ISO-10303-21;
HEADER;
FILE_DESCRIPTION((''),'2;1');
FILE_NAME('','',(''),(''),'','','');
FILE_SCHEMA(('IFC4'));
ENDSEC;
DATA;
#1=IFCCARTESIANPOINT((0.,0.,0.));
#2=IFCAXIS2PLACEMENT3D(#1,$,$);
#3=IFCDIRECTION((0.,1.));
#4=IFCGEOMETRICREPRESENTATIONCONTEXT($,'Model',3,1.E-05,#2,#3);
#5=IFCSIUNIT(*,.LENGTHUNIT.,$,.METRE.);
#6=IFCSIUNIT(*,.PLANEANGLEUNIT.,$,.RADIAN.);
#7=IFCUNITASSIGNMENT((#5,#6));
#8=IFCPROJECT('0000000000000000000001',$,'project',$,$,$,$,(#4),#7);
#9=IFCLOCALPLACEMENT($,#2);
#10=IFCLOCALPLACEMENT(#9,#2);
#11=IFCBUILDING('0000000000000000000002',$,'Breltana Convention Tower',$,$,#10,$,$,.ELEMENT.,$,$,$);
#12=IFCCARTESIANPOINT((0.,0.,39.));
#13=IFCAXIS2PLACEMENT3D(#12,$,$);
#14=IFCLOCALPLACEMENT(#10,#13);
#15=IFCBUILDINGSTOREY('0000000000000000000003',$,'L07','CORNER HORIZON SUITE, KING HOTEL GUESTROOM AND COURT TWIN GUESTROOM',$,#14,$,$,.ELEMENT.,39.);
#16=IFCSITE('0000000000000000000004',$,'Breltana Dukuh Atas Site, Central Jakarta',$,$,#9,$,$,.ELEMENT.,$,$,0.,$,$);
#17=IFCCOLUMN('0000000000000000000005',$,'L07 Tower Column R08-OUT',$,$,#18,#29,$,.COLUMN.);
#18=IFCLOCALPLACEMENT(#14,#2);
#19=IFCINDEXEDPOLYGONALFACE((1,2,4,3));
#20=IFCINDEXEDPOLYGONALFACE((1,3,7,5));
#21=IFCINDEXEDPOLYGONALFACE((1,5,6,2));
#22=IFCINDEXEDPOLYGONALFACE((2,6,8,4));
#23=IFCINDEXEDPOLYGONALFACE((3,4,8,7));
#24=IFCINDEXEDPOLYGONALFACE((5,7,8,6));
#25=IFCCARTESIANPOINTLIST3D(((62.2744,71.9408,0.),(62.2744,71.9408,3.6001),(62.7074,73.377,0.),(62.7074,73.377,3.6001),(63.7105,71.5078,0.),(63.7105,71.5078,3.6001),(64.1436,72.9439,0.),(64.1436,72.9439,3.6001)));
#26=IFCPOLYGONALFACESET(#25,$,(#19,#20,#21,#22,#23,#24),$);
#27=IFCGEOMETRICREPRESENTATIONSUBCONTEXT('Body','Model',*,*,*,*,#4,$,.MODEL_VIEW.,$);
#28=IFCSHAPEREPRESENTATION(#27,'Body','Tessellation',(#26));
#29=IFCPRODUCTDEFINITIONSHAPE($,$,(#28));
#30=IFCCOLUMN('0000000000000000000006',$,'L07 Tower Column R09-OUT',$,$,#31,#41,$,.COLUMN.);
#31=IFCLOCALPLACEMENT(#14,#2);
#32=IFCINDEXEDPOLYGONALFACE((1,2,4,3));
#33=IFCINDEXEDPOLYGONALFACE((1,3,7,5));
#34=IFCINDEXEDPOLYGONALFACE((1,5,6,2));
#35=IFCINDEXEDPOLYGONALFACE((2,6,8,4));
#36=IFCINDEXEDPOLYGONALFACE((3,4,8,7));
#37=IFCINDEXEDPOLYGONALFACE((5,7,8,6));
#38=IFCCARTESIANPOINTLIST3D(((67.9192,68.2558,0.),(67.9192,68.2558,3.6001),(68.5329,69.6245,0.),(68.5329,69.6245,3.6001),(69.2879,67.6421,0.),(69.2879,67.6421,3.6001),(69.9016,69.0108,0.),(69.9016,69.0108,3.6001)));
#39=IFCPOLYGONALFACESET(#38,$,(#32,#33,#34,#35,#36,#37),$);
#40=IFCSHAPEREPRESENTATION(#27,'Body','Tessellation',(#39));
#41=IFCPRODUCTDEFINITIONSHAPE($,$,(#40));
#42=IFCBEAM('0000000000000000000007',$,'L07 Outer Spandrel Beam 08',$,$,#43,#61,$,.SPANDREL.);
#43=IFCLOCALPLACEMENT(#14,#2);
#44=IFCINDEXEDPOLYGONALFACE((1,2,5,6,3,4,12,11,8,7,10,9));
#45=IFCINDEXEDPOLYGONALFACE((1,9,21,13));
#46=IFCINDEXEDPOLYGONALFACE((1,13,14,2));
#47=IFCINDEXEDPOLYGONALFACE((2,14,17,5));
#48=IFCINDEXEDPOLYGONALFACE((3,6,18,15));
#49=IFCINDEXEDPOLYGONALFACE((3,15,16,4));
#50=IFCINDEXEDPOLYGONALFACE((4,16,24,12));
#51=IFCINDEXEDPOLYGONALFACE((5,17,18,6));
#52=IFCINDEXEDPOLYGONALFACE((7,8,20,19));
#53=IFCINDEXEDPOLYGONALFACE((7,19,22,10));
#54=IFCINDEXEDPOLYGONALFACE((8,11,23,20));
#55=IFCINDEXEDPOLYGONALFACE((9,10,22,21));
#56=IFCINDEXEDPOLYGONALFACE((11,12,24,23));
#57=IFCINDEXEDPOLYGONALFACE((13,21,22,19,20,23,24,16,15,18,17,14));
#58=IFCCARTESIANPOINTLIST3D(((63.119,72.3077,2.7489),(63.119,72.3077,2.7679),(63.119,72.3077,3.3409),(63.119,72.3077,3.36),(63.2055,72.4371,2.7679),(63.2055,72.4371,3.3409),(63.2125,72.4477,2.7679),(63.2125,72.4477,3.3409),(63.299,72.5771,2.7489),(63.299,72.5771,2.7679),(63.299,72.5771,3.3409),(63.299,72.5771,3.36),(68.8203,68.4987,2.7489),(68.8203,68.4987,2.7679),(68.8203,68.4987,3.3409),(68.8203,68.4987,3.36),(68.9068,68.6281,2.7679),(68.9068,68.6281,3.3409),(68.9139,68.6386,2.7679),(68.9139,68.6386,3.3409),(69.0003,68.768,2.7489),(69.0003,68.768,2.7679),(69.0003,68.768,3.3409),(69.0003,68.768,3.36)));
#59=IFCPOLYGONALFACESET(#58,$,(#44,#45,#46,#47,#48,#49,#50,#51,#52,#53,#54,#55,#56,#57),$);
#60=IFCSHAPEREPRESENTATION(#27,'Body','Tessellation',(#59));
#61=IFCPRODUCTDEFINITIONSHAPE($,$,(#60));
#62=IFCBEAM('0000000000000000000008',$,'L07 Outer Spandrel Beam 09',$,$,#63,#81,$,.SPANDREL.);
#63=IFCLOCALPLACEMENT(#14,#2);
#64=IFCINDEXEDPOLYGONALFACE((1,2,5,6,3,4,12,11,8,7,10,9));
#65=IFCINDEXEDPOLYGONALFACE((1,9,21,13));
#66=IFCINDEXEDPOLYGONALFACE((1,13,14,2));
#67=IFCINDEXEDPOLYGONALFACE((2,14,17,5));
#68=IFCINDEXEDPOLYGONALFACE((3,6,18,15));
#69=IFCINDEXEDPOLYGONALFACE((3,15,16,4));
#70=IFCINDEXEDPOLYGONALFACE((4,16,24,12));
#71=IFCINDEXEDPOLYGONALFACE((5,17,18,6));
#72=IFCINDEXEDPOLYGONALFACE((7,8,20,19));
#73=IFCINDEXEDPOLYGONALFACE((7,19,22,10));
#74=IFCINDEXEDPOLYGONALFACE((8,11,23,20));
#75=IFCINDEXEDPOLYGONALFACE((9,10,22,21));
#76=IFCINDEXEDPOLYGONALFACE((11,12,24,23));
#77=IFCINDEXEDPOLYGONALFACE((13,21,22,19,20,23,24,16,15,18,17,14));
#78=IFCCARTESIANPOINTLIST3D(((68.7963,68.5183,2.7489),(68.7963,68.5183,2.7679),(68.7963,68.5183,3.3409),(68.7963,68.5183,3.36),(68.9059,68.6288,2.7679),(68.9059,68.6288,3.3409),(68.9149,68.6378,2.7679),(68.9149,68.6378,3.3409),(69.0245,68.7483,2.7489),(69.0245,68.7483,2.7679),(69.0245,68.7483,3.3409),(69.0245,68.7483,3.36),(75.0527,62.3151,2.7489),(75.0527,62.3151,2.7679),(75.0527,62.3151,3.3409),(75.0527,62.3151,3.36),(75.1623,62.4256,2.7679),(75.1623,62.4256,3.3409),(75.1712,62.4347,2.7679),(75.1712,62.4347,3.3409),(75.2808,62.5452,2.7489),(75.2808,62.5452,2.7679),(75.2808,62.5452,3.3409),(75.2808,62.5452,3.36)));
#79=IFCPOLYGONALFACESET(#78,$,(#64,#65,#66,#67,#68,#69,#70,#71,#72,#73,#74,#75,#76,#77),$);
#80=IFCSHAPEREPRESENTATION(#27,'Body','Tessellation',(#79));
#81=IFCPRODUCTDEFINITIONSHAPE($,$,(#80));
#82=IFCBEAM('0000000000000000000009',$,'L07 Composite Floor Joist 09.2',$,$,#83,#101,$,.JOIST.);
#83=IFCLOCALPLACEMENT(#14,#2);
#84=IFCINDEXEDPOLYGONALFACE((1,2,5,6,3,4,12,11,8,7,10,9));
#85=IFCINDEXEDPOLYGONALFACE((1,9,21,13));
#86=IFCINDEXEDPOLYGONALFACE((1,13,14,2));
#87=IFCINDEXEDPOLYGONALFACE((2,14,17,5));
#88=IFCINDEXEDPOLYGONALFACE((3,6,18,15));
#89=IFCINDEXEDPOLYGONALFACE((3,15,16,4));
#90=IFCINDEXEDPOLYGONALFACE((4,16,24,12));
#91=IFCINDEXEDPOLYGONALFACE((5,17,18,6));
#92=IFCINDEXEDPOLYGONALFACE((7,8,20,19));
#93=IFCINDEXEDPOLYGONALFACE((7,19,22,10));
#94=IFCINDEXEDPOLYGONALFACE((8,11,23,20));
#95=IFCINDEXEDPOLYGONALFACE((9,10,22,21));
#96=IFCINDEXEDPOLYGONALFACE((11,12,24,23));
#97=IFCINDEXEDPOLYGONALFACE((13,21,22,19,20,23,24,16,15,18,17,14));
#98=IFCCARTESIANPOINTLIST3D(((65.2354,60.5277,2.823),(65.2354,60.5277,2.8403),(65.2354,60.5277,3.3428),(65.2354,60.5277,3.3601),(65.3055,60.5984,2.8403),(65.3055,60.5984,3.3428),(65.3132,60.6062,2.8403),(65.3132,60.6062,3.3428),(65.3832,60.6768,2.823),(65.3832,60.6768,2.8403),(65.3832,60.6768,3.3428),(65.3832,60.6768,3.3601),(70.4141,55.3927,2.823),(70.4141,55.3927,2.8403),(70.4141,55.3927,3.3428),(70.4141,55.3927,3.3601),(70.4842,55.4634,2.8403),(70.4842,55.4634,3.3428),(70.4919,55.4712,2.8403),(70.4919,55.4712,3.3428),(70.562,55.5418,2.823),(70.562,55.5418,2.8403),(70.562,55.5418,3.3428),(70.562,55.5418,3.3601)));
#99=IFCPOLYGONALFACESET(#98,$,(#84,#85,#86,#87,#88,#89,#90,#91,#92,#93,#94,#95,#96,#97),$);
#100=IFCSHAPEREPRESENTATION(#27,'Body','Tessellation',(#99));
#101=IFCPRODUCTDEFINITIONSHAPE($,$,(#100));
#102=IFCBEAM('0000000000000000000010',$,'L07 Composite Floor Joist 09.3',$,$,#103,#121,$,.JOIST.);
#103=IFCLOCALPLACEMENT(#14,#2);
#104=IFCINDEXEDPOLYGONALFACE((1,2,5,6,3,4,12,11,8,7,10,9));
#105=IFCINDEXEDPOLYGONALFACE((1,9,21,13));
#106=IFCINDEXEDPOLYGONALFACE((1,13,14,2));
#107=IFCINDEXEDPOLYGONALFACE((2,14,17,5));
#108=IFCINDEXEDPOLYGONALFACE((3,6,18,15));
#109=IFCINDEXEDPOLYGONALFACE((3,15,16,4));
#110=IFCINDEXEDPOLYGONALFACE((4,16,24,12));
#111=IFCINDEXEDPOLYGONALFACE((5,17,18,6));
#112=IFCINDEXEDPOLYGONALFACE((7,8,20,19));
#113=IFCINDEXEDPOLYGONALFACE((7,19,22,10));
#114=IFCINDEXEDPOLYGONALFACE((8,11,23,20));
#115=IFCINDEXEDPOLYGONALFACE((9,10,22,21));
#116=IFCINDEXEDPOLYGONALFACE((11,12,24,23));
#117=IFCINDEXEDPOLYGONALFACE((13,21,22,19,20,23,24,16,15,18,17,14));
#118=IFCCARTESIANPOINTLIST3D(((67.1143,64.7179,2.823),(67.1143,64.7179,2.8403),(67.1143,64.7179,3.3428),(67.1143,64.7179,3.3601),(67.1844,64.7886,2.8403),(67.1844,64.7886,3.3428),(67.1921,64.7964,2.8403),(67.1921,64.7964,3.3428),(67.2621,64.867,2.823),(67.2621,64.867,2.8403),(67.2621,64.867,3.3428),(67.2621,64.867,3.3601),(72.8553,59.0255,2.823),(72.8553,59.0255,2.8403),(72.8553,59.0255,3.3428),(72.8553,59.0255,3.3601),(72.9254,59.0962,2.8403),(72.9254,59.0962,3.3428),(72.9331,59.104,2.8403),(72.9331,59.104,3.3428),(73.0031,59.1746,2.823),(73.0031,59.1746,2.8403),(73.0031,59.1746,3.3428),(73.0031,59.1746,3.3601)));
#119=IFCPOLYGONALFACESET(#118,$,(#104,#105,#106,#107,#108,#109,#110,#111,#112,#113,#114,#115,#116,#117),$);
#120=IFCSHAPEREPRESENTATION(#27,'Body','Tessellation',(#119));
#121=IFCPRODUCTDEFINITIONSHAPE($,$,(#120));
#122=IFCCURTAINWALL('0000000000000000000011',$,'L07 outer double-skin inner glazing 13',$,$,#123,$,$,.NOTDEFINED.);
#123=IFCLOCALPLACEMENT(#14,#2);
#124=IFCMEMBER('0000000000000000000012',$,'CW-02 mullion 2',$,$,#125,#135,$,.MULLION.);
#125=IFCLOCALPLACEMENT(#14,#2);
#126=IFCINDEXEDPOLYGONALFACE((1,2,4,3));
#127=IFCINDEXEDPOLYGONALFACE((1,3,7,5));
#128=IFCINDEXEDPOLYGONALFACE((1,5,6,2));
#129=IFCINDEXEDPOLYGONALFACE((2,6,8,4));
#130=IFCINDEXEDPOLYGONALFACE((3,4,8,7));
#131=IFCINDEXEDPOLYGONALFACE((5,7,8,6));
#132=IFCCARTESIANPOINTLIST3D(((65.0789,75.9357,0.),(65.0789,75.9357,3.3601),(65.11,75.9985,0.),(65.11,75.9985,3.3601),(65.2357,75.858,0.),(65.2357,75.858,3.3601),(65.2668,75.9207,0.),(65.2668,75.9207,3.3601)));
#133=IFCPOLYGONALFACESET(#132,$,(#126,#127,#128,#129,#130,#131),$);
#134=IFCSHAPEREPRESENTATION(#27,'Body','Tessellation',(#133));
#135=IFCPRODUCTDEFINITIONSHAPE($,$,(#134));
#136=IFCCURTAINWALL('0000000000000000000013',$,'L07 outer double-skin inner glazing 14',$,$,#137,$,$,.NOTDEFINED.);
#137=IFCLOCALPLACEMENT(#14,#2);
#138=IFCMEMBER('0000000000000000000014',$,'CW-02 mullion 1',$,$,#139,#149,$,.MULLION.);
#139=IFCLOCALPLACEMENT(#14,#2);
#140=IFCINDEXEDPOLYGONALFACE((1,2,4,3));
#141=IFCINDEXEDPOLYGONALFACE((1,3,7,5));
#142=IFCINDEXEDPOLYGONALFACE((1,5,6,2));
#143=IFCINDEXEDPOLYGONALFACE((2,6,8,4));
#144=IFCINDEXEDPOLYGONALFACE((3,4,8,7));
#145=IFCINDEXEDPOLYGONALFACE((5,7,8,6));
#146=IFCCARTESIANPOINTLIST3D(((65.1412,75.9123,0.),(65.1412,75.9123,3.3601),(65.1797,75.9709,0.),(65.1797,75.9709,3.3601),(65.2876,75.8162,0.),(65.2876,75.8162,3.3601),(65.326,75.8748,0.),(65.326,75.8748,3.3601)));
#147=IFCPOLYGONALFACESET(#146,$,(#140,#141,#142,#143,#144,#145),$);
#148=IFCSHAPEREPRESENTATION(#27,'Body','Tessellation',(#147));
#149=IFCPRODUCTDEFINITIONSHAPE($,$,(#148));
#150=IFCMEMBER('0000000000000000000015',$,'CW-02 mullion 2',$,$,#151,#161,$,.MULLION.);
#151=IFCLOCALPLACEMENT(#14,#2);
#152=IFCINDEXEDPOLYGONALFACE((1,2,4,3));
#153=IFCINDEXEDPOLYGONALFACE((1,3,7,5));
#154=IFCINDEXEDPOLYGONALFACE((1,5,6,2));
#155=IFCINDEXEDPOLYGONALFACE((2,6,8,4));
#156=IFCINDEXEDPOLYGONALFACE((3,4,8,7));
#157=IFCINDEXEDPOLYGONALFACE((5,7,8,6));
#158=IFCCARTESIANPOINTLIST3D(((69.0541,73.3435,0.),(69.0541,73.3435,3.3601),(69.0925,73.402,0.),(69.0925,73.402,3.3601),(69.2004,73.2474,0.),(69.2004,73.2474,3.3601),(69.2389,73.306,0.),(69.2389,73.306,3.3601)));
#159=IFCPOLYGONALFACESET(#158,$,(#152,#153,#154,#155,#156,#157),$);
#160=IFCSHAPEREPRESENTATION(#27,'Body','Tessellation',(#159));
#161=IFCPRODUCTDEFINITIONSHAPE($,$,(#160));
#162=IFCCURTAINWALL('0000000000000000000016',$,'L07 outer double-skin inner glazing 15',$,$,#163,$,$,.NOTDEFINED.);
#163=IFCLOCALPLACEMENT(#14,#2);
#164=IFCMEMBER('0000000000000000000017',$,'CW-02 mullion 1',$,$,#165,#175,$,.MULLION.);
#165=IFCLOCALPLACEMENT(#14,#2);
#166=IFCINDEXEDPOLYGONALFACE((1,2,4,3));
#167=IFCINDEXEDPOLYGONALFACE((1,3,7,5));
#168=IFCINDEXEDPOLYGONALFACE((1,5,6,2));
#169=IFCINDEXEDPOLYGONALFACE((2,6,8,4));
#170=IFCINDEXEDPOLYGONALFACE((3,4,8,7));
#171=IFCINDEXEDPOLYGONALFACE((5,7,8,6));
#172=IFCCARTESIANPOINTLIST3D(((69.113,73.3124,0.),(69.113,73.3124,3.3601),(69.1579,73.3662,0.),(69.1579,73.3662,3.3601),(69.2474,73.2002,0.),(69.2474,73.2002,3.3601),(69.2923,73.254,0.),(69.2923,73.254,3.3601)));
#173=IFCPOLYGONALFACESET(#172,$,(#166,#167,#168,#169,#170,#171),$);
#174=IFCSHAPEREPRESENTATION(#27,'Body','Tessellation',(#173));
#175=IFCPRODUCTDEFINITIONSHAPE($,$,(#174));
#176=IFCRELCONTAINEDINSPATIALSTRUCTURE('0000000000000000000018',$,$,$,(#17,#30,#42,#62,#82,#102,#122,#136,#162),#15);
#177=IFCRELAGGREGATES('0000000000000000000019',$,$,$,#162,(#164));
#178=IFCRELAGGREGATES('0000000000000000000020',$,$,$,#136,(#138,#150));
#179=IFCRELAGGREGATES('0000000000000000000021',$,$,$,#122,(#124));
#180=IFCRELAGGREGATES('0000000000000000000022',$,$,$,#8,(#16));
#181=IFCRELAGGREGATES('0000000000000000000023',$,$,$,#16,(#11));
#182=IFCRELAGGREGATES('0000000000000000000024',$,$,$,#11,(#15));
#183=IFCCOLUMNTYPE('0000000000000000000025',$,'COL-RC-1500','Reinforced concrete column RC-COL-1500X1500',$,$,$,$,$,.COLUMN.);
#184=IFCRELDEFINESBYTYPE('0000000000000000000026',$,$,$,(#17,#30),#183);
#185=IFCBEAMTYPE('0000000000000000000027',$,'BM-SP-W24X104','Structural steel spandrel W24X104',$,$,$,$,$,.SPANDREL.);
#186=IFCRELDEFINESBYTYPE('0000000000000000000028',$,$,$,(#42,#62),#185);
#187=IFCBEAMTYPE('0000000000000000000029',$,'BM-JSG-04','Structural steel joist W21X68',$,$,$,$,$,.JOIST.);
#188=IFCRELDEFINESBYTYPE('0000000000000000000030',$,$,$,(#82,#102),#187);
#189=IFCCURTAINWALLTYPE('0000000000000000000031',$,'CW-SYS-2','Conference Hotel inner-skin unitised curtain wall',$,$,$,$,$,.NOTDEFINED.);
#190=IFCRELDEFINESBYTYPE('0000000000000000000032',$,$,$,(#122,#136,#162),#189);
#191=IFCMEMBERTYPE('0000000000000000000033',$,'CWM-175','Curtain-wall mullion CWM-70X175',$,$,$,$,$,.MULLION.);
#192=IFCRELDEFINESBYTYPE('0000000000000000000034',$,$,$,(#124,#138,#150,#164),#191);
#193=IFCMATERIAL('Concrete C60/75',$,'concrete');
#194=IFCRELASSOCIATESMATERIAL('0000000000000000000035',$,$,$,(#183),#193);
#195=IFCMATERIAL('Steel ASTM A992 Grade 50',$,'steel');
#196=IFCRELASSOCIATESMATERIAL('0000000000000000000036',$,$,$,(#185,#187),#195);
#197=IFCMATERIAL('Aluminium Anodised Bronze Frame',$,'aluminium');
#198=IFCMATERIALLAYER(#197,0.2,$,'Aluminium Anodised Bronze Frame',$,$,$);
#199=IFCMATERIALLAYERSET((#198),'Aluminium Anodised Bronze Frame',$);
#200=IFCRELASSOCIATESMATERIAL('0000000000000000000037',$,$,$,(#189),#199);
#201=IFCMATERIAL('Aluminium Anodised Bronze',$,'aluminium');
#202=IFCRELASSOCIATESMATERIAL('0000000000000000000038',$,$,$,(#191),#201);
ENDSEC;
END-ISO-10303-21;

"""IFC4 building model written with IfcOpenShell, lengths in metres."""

from ifc_helpers import new_model, si_unit, direction, frame, origin, origin_2d, place, context, subcontext, project, spatial, rectangle, i_section, extrude, source, transform, mapped, material, layer, layer_set, material_profile, profile_set, type_object, type_shapes, element, aggregate, save


model = new_model("IFC4")

# Units and contexts
model_context = context("Model", 3, precision=1e-05, world=origin(), true_north=direction((0.0, 1.0)))
body_context = subcontext(model_context, "Body", "Model", "MODEL_VIEW")
ifc_project = project(units=[si_unit("LENGTHUNIT", "METRE"), si_unit("PLANEANGLEUNIT", "RADIAN")], contexts=[model_context])

# Site, building, storey
site_placement = place(None, origin())
site = spatial("IfcSite", under=ifc_project, at=site_placement, Name="Breltana Dukuh Atas Site, Central Jakarta", CompositionType="ELEMENT", RefElevation=0.0)
building_placement = place(site_placement, origin())
building = spatial("IfcBuilding", under=site, at=building_placement, Name="Breltana Convention Tower", CompositionType="ELEMENT")
storey_placement = place(building_placement, frame((0.0, 0.0, 39.0)))
storey = spatial("IfcBuildingStorey", under=building, at=storey_placement, Name="L07", Description="CORNER HORIZON SUITE, KING HOTEL GUESTROOM AND COURT TWIN GUESTROOM", CompositionType="ELEMENT", Elevation=39.0)

# Columns
ifc_material_1 = material(Name="Concrete C60/75", Category="concrete")
ifc_material_profile_1 = material_profile(ifc_material_1, rectangle(XDim=1.5, YDim=1.5, at=origin_2d()), Name="RC-COL-1500X1500")
ifc_profile_set_1 = profile_set([ifc_material_profile_1], Name="Concrete C60/75")
column_type = type_object("IfcColumnType", Name="COL-RC-1500", Description="Reinforced concrete column RC-COL-1500X1500", PredefinedType="COLUMN", material=ifc_profile_set_1)
shared_shape_1 = source(origin(), body_context, "Body", "SweptSolid", [
    extrude(rectangle(XDim=1.5, YDim=1.5, at=origin_2d()), origin(), (0.0, 0.0, 1.0), 3.6001),
])
for number, where, z_axis, x_axis, name in (
    (1, (63.209, 72.4424, 0.0), (0.0, 0.0, 1.0), (0.288698, 0.95742, 0.0), "L07 Tower Column R08-OUT"),
    (2, (68.9104, 68.6333, 0.0), (0.0, 0.0, 1.0), (0.409127, 0.912477, 0.0), "L07 Tower Column R09-OUT"),
):
    element("IfcColumn", number, at=place(storey_placement, frame(where, z_axis=z_axis, x_axis=x_axis)), inside=storey, type_object=column_type, Name=name, PredefinedType="COLUMN", context=body_context, shape_type="MappedRepresentation", body=[
        mapped(shared_shape_1, transform((0.0, 0.0, 0.0), scale=1.0)),
    ])

# Beams
ifc_material_2 = material(Name="Steel ASTM A992 Grade 50", Category="steel")
ifc_material_profile_2 = material_profile(ifc_material_2, i_section(OverallWidth=0.324, OverallDepth=0.6111, WebThickness=0.0127, FlangeThickness=0.019, at=origin_2d()), Name="W24X104")
ifc_profile_set_2 = profile_set([ifc_material_profile_2], Name="Steel ASTM A992 Grade 50")
beam_type_1 = type_object("IfcBeamType", Name="BM-SP-W24X104", Description="Structural steel spandrel W24X104", PredefinedType="SPANDREL", material=ifc_profile_set_2)
shared_shape_2 = source(origin(), body_context, "Body", "SweptSolid", [
    extrude(i_section(OverallWidth=0.324, OverallDepth=0.6111, WebThickness=0.0127, FlangeThickness=0.019, at=origin_2d()), origin(), (0.0, 0.0, 1.0), 6.8567),
])
beam_1_placement = place(storey_placement, frame((63.209, 72.4424, 3.0544), z_axis=(0.831502, -0.555522, 0.0), x_axis=(0.555522, 0.831502, 0.0)))
element("IfcBeam", 3, at=beam_1_placement, inside=storey, type_object=beam_type_1, Name="L07 Outer Spandrel Beam 08", PredefinedType="SPANDREL", context=body_context, shape_type="MappedRepresentation", body=[
    mapped(shared_shape_2, transform((0.0, 0.0, 0.0), scale=1.0)),
])
shared_shape_3 = source(origin(), body_context, "Body", "SweptSolid", [
    extrude(i_section(OverallWidth=0.324, OverallDepth=0.6111, WebThickness=0.0127, FlangeThickness=0.019, at=origin_2d()), origin(), (0.0, 0.0, 1.0), 8.8103),
])
beam_2_placement = place(storey_placement, frame((68.9104, 68.6333, 3.0544), z_axis=(0.710121, -0.70408, 0.0), x_axis=(0.70408, 0.710121, 0.0)))
element("IfcBeam", 4, at=beam_2_placement, inside=storey, type_object=beam_type_1, Name="L07 Outer Spandrel Beam 09", PredefinedType="SPANDREL", context=body_context, shape_type="MappedRepresentation", body=[
    mapped(shared_shape_3, transform((0.0, 0.0, 0.0), scale=1.0)),
])
ifc_material_profile_3 = material_profile(ifc_material_2, i_section(OverallWidth=0.21, OverallDepth=0.5371, WebThickness=0.011, FlangeThickness=0.0173, at=origin_2d()), Name="W21X68")
ifc_profile_set_3 = profile_set([ifc_material_profile_3], Name="Steel ASTM A992 Grade 50")
beam_type_2 = type_object("IfcBeamType", Name="BM-JSG-04", Description="Structural steel joist W21X68", PredefinedType="JOIST", material=ifc_profile_set_3)
shared_shape_4 = source(origin(), body_context, "Body", "SweptSolid", [
    extrude(i_section(OverallWidth=0.21, OverallDepth=0.5371, WebThickness=0.011, FlangeThickness=0.0173, at=origin_2d()), origin(), (0.0, 0.0, 1.0), 7.293),
])
beam_3_placement = place(storey_placement, frame((65.3093, 60.6023, 3.0916), z_axis=(0.710097, -0.704104, 0.0), x_axis=(0.704104, 0.710097, 0.0)))
element("IfcBeam", 5, at=beam_3_placement, inside=storey, type_object=beam_type_2, Name="L07 Composite Floor Joist 09.2", PredefinedType="JOIST", context=body_context, shape_type="MappedRepresentation", body=[
    mapped(shared_shape_4, transform((0.0, 0.0, 0.0), scale=1.0)),
])
shared_shape_5 = source(origin(), body_context, "Body", "SweptSolid", [
    extrude(i_section(OverallWidth=0.21, OverallDepth=0.5371, WebThickness=0.011, FlangeThickness=0.0173, at=origin_2d()), origin(), (0.0, 0.0, 1.0), 8.0847),
])
beam_4_placement = place(storey_placement, frame((67.1882, 64.7925, 3.0916), z_axis=(0.710105, -0.704096, 0.0), x_axis=(0.704096, 0.710105, 0.0)))
element("IfcBeam", 6, at=beam_4_placement, inside=storey, type_object=beam_type_2, Name="L07 Composite Floor Joist 09.3", PredefinedType="JOIST", context=body_context, shape_type="MappedRepresentation", body=[
    mapped(shared_shape_5, transform((0.0, 0.0, 0.0), scale=1.0)),
])

# Curtain wall, member
ifc_material_3 = material(Name="Aluminium Anodised Bronze Frame", Category="aluminium")
ifc_layer_1 = layer(ifc_material_3, 0.2, Name="Aluminium Anodised Bronze Frame")
ifc_layer_set_1 = layer_set([ifc_layer_1], Name="Aluminium Anodised Bronze Frame")
curtain_wall_type = type_object("IfcCurtainWallType", Name="CW-SYS-2", Description="Conference Hotel inner-skin unitised curtain wall", PredefinedType="NOTDEFINED", material=ifc_layer_set_1)
curtain_wall_1_placement = place(storey_placement, origin())
curtain_wall_1 = element("IfcCurtainWall", 7, at=curtain_wall_1_placement, inside=storey, type_object=curtain_wall_type, Name="L07 outer double-skin inner glazing 13", PredefinedType="NOTDEFINED")
ifc_material_4 = material(Name="Aluminium Anodised Bronze", Category="aluminium")
ifc_material_profile_4 = material_profile(ifc_material_4, rectangle(XDim=0.0701, YDim=0.175, at=origin_2d()), Name="CWM-70X175")
ifc_profile_set_4 = profile_set([ifc_material_profile_4], Name="Aluminium Anodised Bronze")
member_type_1 = type_object("IfcMemberType", Name="CWM-175", Description="Curtain-wall mullion CWM-70X175", PredefinedType="MULLION", material=ifc_profile_set_4)
shared_shape_6 = source(origin(), body_context, "Body", "SweptSolid", [
    extrude(rectangle(XDim=0.0701, YDim=0.175, at=origin_2d()), origin(), (0.0, 0.0, 1.0), 3.3601),
])
type_shapes(member_type_1, [shared_shape_6])
member_1_placement = place(storey_placement, frame((65.1729, 75.9282, 0.0), z_axis=(0.0, 0.0, 1.0), x_axis=(0.444108, 0.895973, 0.0)))
member_1 = element("IfcMember", 8, at=member_1_placement, type_object=member_type_1, Name="CW-02 mullion 2", PredefinedType="MULLION", context=body_context, shape_type="MappedRepresentation", body=[
    mapped(shared_shape_6, transform((0.0, 0.0, 0.0), scale=1.0)),
])

# Curtain wall, members
curtain_wall_2_placement = place(storey_placement, origin())
curtain_wall_2 = element("IfcCurtainWall", 9, at=curtain_wall_2_placement, inside=storey, type_object=curtain_wall_type, Name="L07 outer double-skin inner glazing 14", PredefinedType="NOTDEFINED")
member_2_placement = place(storey_placement, frame((65.2336, 75.8936, 0.0), z_axis=(0.0, 0.0, 1.0), x_axis=(0.548784, 0.835964, 0.0)))
member_2 = element("IfcMember", 10, at=member_2_placement, type_object=member_type_1, Name="CW-02 mullion 1", PredefinedType="MULLION", context=body_context, shape_type="MappedRepresentation", body=[
    mapped(shared_shape_6, transform((0.0, 0.0, 0.0), scale=1.0)),
])
member_3_placement = place(storey_placement, frame((69.1465, 73.3247, 0.0), z_axis=(0.0, 0.0, 1.0), x_axis=(0.548784, 0.835964, 0.0)))
member_3 = element("IfcMember", 11, at=member_3_placement, type_object=member_type_1, Name="CW-02 mullion 2", PredefinedType="MULLION", context=body_context, shape_type="MappedRepresentation", body=[
    mapped(shared_shape_6, transform((0.0, 0.0, 0.0), scale=1.0)),
])

# Curtain wall, member
curtain_wall_3_placement = place(storey_placement, origin())
curtain_wall_3 = element("IfcCurtainWall", 12, at=curtain_wall_3_placement, inside=storey, type_object=curtain_wall_type, Name="L07 outer double-skin inner glazing 15", PredefinedType="NOTDEFINED")
member_4_placement = place(storey_placement, frame((69.2026, 73.2832, 0.0), z_axis=(0.0, 0.0, 1.0), x_axis=(0.64052, 0.767941, 0.0)))
member_4 = element("IfcMember", 13, at=member_4_placement, type_object=member_type_1, Name="CW-02 mullion 1", PredefinedType="MULLION", context=body_context, shape_type="MappedRepresentation", body=[
    mapped(shared_shape_6, transform((0.0, 0.0, 0.0), scale=1.0)),
])
aggregate(curtain_wall_3, [member_4])

aggregate(curtain_wall_2, [member_2, member_3])
aggregate(curtain_wall_1, [member_1])

save(model, "model.ifc")
